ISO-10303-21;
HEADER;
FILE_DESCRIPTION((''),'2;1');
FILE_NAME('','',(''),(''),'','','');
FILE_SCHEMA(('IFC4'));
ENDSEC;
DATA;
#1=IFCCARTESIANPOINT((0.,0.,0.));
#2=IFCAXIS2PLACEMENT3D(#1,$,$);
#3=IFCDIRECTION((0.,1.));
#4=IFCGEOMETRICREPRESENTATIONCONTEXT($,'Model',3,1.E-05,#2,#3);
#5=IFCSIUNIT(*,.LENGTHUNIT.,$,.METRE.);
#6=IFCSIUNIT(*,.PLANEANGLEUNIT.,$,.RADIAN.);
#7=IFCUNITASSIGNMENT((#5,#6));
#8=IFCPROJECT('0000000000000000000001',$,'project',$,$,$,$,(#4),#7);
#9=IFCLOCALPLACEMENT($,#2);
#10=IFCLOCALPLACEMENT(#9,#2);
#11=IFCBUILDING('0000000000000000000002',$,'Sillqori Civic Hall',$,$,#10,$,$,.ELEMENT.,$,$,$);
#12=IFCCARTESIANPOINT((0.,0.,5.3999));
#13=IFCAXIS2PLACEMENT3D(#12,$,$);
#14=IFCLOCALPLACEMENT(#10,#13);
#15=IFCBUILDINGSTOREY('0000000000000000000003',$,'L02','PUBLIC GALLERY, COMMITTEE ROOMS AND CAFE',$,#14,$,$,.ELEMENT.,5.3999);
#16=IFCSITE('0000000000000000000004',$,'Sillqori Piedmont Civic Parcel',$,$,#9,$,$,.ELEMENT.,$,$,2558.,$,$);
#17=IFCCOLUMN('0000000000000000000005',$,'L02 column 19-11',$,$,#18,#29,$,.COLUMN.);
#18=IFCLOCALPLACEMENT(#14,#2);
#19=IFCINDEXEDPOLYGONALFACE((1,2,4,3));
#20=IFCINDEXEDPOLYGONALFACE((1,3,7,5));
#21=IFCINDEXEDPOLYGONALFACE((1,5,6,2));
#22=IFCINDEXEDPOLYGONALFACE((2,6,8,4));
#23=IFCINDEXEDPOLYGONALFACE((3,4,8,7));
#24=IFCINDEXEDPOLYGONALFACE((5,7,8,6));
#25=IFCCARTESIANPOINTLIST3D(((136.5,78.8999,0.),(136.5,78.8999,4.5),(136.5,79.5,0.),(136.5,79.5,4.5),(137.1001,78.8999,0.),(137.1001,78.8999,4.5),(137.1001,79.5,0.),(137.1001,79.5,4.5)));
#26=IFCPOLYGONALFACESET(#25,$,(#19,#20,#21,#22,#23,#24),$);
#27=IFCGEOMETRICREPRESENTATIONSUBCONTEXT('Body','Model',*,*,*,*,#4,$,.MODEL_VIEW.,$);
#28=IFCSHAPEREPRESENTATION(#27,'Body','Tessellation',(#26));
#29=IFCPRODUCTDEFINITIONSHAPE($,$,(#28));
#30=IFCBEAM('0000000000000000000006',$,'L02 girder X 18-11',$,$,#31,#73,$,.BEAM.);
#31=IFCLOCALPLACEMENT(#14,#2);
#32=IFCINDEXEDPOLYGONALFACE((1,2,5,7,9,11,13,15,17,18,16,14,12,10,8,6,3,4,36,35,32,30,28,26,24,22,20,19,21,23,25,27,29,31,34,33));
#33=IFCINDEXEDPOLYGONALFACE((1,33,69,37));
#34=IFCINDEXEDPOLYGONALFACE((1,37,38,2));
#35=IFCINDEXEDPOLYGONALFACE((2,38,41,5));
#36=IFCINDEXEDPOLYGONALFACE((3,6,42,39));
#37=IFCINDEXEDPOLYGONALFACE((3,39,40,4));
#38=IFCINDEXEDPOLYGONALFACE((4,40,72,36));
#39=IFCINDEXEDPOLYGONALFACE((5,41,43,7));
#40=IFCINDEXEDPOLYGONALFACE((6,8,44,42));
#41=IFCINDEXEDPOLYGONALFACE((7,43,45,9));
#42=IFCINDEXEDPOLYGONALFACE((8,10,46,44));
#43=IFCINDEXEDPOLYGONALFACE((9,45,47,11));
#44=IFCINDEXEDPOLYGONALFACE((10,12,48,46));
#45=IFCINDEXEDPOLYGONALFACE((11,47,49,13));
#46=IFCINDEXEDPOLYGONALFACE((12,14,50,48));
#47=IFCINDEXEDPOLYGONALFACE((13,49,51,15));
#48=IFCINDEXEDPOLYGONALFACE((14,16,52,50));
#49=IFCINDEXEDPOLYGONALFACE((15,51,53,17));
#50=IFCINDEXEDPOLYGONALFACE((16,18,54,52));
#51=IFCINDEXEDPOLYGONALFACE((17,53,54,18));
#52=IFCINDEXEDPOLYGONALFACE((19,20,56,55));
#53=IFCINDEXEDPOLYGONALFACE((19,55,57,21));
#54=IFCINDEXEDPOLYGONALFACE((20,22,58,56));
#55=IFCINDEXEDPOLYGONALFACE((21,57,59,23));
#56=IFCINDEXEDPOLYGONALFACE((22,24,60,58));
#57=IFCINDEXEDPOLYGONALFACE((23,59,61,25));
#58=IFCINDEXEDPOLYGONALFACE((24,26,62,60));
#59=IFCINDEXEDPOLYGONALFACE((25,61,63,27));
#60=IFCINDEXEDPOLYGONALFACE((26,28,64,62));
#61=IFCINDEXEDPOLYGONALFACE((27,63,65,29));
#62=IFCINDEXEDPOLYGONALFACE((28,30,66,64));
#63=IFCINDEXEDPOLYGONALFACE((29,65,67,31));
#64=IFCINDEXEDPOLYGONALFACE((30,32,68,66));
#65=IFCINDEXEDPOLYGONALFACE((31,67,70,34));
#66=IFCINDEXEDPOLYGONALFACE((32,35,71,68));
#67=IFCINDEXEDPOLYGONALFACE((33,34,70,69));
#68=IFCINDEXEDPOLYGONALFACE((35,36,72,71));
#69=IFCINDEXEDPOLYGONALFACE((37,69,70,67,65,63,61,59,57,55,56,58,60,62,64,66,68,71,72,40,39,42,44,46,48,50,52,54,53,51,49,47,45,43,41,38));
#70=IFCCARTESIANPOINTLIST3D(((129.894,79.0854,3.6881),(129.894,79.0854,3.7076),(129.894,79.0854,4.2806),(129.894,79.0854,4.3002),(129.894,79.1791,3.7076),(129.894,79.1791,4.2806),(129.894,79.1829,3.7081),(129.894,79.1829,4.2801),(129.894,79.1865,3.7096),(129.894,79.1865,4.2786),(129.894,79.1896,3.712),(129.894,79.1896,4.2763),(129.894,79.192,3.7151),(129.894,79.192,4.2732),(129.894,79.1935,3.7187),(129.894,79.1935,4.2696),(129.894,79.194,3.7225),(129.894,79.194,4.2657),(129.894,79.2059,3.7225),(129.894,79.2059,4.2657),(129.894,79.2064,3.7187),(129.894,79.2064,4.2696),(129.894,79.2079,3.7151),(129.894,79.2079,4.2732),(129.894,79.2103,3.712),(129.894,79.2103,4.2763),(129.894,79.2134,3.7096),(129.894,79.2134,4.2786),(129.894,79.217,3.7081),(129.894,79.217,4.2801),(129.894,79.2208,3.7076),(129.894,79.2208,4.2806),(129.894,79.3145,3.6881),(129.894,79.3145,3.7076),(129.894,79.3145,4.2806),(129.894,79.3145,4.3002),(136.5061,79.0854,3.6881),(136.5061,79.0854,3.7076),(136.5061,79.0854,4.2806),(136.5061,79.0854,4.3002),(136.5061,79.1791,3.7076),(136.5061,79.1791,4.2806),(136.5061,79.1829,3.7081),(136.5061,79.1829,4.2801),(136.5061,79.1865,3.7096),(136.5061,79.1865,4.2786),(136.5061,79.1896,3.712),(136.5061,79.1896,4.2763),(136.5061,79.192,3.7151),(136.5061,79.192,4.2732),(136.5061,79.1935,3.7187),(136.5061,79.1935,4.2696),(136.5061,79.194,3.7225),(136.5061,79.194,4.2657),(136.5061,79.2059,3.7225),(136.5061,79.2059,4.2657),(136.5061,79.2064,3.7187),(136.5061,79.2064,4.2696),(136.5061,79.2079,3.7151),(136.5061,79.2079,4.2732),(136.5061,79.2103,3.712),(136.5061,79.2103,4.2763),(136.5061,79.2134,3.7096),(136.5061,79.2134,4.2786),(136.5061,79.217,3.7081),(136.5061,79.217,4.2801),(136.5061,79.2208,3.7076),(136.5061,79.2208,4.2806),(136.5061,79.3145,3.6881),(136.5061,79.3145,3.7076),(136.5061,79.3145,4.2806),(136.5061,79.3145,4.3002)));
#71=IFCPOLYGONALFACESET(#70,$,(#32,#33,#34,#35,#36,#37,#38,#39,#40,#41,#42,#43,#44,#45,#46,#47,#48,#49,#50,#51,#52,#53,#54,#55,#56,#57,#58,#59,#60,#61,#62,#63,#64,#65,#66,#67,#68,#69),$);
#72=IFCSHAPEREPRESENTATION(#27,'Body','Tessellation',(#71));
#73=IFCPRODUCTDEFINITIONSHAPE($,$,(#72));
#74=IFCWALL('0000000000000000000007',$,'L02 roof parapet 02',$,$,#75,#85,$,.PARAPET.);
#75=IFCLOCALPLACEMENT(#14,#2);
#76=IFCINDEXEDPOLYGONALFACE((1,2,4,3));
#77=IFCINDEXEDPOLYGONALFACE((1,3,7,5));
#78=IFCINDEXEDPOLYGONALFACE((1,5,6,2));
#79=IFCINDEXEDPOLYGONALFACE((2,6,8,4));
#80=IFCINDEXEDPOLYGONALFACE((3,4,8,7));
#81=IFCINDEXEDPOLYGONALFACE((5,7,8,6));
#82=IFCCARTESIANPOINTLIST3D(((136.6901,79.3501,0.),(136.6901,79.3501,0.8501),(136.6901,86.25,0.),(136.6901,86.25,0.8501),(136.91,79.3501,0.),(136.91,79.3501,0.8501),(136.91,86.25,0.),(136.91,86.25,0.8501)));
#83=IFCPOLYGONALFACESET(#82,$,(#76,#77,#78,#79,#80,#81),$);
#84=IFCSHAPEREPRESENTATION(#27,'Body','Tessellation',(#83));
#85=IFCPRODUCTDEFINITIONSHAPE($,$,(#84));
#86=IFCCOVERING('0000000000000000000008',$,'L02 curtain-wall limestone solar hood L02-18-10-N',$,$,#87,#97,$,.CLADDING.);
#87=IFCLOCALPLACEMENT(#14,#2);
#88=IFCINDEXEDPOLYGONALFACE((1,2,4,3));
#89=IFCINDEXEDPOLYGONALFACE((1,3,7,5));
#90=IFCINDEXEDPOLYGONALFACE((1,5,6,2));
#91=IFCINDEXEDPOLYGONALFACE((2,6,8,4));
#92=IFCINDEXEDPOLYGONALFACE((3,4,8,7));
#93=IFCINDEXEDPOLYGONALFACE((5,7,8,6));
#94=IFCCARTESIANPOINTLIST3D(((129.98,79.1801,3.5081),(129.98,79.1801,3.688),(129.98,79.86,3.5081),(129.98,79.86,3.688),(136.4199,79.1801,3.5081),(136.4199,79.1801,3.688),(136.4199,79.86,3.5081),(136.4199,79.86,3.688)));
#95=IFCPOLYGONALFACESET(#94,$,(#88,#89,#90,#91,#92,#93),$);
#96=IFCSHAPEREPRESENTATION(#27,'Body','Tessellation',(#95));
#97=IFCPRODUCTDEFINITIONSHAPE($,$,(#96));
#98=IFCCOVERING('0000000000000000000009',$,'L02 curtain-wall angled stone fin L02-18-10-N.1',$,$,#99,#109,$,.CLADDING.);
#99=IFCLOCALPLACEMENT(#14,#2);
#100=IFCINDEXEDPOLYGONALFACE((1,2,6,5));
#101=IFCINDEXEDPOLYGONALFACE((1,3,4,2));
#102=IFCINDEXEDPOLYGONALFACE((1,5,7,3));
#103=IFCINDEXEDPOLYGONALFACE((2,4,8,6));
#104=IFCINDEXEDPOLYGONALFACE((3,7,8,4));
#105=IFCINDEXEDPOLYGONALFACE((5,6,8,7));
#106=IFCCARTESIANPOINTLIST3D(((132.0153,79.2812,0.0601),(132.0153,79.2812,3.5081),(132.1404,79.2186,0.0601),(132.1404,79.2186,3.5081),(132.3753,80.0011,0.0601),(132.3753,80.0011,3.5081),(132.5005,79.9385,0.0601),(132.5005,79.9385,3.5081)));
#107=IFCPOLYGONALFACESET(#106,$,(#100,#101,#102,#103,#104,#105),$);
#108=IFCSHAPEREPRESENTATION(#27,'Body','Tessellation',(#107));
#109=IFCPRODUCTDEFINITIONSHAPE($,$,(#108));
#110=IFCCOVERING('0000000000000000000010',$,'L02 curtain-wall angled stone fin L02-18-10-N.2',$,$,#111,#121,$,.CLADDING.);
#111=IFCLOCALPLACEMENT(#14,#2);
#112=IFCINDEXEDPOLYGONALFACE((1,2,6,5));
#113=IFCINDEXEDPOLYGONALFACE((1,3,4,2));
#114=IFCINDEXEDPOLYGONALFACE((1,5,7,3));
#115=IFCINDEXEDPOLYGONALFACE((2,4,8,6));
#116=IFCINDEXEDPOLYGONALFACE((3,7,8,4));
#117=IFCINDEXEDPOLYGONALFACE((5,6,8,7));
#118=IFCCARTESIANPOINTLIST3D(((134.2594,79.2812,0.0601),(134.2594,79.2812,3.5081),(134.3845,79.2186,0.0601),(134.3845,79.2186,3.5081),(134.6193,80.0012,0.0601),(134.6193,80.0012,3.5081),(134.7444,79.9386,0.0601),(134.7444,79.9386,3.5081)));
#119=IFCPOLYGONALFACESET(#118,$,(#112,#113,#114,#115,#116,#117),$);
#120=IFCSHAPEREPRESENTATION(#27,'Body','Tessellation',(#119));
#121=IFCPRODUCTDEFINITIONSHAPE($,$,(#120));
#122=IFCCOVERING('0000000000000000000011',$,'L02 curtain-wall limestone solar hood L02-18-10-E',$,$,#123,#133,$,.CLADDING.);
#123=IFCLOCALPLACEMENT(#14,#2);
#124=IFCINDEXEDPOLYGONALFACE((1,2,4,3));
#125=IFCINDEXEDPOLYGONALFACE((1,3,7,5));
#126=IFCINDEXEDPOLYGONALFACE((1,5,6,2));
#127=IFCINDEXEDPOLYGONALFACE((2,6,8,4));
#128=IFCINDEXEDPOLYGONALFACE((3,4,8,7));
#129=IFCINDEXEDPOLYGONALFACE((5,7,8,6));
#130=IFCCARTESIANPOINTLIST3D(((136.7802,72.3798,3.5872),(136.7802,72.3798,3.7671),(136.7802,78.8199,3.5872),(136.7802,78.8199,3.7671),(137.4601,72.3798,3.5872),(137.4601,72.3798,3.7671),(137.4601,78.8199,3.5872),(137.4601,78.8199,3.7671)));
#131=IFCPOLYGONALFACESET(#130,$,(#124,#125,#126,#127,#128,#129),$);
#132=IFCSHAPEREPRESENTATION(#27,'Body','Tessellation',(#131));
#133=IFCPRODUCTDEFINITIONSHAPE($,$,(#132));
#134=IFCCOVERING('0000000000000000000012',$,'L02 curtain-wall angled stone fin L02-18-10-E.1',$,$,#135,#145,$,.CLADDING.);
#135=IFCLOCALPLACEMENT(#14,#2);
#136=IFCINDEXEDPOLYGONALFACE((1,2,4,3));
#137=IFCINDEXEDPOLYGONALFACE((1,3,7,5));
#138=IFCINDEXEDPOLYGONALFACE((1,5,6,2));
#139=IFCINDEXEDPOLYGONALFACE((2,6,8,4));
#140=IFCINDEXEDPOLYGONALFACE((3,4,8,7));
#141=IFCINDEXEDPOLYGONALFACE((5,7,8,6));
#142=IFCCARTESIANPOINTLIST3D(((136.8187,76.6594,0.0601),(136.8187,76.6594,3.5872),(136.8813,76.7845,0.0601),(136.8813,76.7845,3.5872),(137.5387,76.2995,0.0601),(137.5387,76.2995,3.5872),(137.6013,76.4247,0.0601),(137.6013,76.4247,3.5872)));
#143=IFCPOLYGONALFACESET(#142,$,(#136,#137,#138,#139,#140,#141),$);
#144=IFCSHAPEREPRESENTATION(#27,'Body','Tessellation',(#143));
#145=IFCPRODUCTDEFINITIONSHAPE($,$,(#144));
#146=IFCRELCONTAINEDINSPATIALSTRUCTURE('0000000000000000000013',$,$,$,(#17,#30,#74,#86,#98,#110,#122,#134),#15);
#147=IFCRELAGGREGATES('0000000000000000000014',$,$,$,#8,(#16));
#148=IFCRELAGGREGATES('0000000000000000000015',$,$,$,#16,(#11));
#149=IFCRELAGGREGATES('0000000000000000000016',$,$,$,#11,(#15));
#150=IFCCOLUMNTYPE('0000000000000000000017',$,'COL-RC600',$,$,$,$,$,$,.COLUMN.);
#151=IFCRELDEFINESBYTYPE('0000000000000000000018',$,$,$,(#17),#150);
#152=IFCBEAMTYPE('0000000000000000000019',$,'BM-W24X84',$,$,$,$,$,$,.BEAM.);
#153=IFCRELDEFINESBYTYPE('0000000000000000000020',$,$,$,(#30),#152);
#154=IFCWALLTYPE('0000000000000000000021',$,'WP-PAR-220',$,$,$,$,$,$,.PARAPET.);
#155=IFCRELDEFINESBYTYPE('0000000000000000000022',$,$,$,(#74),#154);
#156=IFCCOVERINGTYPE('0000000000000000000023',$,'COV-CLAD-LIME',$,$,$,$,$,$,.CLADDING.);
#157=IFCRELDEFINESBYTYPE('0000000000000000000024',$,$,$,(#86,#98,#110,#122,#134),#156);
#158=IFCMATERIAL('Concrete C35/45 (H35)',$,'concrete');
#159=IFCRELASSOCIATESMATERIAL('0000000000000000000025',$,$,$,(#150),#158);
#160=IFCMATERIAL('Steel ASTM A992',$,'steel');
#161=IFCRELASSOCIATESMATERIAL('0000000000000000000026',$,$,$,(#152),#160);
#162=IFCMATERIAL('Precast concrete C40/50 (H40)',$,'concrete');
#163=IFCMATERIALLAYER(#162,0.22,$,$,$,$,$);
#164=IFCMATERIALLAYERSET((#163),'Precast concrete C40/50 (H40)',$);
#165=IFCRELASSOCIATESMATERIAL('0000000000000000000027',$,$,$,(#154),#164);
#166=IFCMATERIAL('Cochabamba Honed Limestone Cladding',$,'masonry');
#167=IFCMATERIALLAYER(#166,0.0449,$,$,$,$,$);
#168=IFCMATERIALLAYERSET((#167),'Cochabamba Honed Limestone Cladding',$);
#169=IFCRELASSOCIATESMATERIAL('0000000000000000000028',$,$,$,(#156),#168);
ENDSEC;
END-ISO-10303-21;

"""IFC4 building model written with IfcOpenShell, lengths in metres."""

from ifc_helpers import new_model, si_unit, direction, frame, frame_2d, origin, origin_2d, place, context, subcontext, project, spatial, rectangle, i_section, extrude, material, layer, layer_set, material_profile, profile_set, type_object, element, save


model = new_model("IFC4")

# Units and contexts
model_context = context("Model", 3, precision=1e-05, world=origin(), true_north=direction((0.0, 1.0)))
body_context = subcontext(model_context, "Body", "Model", "MODEL_VIEW")
ifc_project = project(units=[si_unit("LENGTHUNIT", "METRE"), si_unit("PLANEANGLEUNIT", "RADIAN")], contexts=[model_context])

# Site, building, storey
site_placement = place(None, origin())
site = spatial("IfcSite", under=ifc_project, at=site_placement, Name="Sillqori Piedmont Civic Parcel", CompositionType="ELEMENT", RefElevation=2558.0)
building_placement = place(site_placement, origin())
building = spatial("IfcBuilding", under=site, at=building_placement, Name="Sillqori Civic Hall", CompositionType="ELEMENT")
storey_placement = place(building_placement, frame((0.0, 0.0, 5.3999)))
storey = spatial("IfcBuildingStorey", under=building, at=storey_placement, Name="L02", Description="PUBLIC GALLERY, COMMITTEE ROOMS AND CAFE", CompositionType="ELEMENT", Elevation=5.3999)

# Column
ifc_material_1 = material(Name="Concrete C35/45 (H35)", Category="concrete")
ifc_material_profile_1 = material_profile(ifc_material_1, rectangle(XDim=0.6001, YDim=0.6001, at=origin_2d()), Name="RC 600x600")
ifc_profile_set_1 = profile_set([ifc_material_profile_1], Name="Concrete C35/45 (H35)")
column_type = type_object("IfcColumnType", Name="COL-RC600", PredefinedType="COLUMN", material=ifc_profile_set_1)
column_placement = place(storey_placement, frame((136.8, 79.2, 0.0), z_axis=(0.0, 0.0, 1.0), x_axis=(1.0, 0.0, 0.0)))
element("IfcColumn", 1, at=column_placement, inside=storey, type_object=column_type, Name="L02 column 19-11", PredefinedType="COLUMN", context=body_context, shape_type="SweptSolid", body=[
    extrude(rectangle(XDim=0.6001, YDim=0.6001, at=origin_2d()), origin(), (0.0, 0.0, 1.0), 4.5),
])

# Beam
ifc_material_2 = material(Name="Steel ASTM A992", Category="steel")
ifc_material_profile_2 = material_profile(ifc_material_2, i_section(OverallWidth=0.229, OverallDepth=0.6121, WebThickness=0.012, FlangeThickness=0.0195, FilletRadius=0.0149, at=origin_2d()), Name="W24X84")
ifc_profile_set_2 = profile_set([ifc_material_profile_2], Name="Steel ASTM A992")
beam_type = type_object("IfcBeamType", Name="BM-W24X84", PredefinedType="BEAM", material=ifc_profile_set_2)
beam_placement = place(storey_placement, frame((129.894, 79.2, 3.9941), z_axis=(1.0, 0.0, 0.0), x_axis=(0.0, 1.0, 0.0)))
element("IfcBeam", 2, at=beam_placement, inside=storey, type_object=beam_type, Name="L02 girder X 18-11", PredefinedType="BEAM", context=body_context, shape_type="SweptSolid", body=[
    extrude(i_section(OverallWidth=0.229, OverallDepth=0.6121, WebThickness=0.012, FlangeThickness=0.0195, FilletRadius=0.0149, at=origin_2d()), origin(), (0.0, 0.0, 1.0), 6.6121),
])

# Wall
ifc_material_3 = material(Name="Precast concrete C40/50 (H40)", Category="concrete")
ifc_layer_1 = layer(ifc_material_3, 0.22)
ifc_layer_set_1 = layer_set([ifc_layer_1], Name="Precast concrete C40/50 (H40)")
wall_type = type_object("IfcWallType", Name="WP-PAR-220", PredefinedType="PARAPET", material=ifc_layer_set_1)
wall_placement = place(storey_placement, frame((136.8, 86.25, 0.0), z_axis=(0.0, 0.0, 1.0), x_axis=(0.0, -1.0, 0.0)))
element("IfcWall", 3, at=wall_placement, inside=storey, type_object=wall_type, Name="L02 roof parapet 02", PredefinedType="PARAPET", context=body_context, shape_type="SweptSolid", body=[
    extrude(rectangle(XDim=6.8999, YDim=0.22, at=frame_2d((3.45, 0.0))), origin(), (0.0, 0.0, 1.0), 0.8501),
])

# Coverings
ifc_material_4 = material(Name="Cochabamba Honed Limestone Cladding", Category="masonry")
ifc_layer_2 = layer(ifc_material_4, 0.0449)
ifc_layer_set_2 = layer_set([ifc_layer_2], Name="Cochabamba Honed Limestone Cladding")
covering_type = type_object("IfcCoveringType", Name="COV-CLAD-LIME", PredefinedType="CLADDING", material=ifc_layer_set_2)
covering_1_placement = place(storey_placement, frame((129.98, 79.52, 3.5081), z_axis=(0.0, 0.0, 1.0), x_axis=(1.0, 0.0, 0.0)))
element("IfcCovering", 4, at=covering_1_placement, inside=storey, type_object=covering_type, Name="L02 curtain-wall limestone solar hood L02-18-10-N", PredefinedType="CLADDING", context=body_context, shape_type="SweptSolid", body=[
    extrude(rectangle(XDim=6.4399, YDim=0.6799, at=frame_2d((3.22, 0.0))), origin(), (0.0, 0.0, 1.0), 0.1799),
])
for number, where, z_axis, x_axis, name in (
    (5, (132.0779, 79.25, 0.0601), (0.0, 0.0, 1.0), (0.447335, 0.894367, 0.0), "L02 curtain-wall angled stone fin L02-18-10-N.1"),
    (6, (134.322, 79.25, 0.0601), (0.0, 0.0, 1.0), (0.447092, 0.894488, 0.0), "L02 curtain-wall angled stone fin L02-18-10-N.2"),
):
    element("IfcCovering", number, at=place(storey_placement, frame(where, z_axis=z_axis, x_axis=x_axis)), inside=storey, type_object=covering_type, Name=name, PredefinedType="CLADDING", context=body_context, shape_type="SweptSolid", body=[
        extrude(rectangle(XDim=0.8049, YDim=0.1399, at=frame_2d((0.4023, 0.0))), origin(), (0.0, 0.0, 1.0), 3.448),
    ])
covering_2_placement = place(storey_placement, frame((137.1201, 78.8201, 3.5872), z_axis=(0.0, 0.0, 1.0), x_axis=(0.0, -1.0, 0.0)))
element("IfcCovering", 7, at=covering_2_placement, inside=storey, type_object=covering_type, Name="L02 curtain-wall limestone solar hood L02-18-10-E", PredefinedType="CLADDING", context=body_context, shape_type="SweptSolid", body=[
    extrude(rectangle(XDim=6.4402, YDim=0.6799, at=frame_2d((3.2202, 0.0))), origin(), (0.0, 0.0, 1.0), 0.1799),
])
covering_3_placement = place(storey_placement, frame((136.8501, 76.7219, 0.0601), z_axis=(0.0, 0.0, 1.0), x_axis=(0.894488, -0.447092, 0.0)))
element("IfcCovering", 8, at=covering_3_placement, inside=storey, type_object=covering_type, Name="L02 curtain-wall angled stone fin L02-18-10-E.1", PredefinedType="CLADDING", context=body_context, shape_type="SweptSolid", body=[
    extrude(rectangle(XDim=0.8049, YDim=0.1399, at=frame_2d((0.4023, 0.0))), origin(), (0.0, 0.0, 1.0), 3.5271),
])

save(model, "model.ifc")
